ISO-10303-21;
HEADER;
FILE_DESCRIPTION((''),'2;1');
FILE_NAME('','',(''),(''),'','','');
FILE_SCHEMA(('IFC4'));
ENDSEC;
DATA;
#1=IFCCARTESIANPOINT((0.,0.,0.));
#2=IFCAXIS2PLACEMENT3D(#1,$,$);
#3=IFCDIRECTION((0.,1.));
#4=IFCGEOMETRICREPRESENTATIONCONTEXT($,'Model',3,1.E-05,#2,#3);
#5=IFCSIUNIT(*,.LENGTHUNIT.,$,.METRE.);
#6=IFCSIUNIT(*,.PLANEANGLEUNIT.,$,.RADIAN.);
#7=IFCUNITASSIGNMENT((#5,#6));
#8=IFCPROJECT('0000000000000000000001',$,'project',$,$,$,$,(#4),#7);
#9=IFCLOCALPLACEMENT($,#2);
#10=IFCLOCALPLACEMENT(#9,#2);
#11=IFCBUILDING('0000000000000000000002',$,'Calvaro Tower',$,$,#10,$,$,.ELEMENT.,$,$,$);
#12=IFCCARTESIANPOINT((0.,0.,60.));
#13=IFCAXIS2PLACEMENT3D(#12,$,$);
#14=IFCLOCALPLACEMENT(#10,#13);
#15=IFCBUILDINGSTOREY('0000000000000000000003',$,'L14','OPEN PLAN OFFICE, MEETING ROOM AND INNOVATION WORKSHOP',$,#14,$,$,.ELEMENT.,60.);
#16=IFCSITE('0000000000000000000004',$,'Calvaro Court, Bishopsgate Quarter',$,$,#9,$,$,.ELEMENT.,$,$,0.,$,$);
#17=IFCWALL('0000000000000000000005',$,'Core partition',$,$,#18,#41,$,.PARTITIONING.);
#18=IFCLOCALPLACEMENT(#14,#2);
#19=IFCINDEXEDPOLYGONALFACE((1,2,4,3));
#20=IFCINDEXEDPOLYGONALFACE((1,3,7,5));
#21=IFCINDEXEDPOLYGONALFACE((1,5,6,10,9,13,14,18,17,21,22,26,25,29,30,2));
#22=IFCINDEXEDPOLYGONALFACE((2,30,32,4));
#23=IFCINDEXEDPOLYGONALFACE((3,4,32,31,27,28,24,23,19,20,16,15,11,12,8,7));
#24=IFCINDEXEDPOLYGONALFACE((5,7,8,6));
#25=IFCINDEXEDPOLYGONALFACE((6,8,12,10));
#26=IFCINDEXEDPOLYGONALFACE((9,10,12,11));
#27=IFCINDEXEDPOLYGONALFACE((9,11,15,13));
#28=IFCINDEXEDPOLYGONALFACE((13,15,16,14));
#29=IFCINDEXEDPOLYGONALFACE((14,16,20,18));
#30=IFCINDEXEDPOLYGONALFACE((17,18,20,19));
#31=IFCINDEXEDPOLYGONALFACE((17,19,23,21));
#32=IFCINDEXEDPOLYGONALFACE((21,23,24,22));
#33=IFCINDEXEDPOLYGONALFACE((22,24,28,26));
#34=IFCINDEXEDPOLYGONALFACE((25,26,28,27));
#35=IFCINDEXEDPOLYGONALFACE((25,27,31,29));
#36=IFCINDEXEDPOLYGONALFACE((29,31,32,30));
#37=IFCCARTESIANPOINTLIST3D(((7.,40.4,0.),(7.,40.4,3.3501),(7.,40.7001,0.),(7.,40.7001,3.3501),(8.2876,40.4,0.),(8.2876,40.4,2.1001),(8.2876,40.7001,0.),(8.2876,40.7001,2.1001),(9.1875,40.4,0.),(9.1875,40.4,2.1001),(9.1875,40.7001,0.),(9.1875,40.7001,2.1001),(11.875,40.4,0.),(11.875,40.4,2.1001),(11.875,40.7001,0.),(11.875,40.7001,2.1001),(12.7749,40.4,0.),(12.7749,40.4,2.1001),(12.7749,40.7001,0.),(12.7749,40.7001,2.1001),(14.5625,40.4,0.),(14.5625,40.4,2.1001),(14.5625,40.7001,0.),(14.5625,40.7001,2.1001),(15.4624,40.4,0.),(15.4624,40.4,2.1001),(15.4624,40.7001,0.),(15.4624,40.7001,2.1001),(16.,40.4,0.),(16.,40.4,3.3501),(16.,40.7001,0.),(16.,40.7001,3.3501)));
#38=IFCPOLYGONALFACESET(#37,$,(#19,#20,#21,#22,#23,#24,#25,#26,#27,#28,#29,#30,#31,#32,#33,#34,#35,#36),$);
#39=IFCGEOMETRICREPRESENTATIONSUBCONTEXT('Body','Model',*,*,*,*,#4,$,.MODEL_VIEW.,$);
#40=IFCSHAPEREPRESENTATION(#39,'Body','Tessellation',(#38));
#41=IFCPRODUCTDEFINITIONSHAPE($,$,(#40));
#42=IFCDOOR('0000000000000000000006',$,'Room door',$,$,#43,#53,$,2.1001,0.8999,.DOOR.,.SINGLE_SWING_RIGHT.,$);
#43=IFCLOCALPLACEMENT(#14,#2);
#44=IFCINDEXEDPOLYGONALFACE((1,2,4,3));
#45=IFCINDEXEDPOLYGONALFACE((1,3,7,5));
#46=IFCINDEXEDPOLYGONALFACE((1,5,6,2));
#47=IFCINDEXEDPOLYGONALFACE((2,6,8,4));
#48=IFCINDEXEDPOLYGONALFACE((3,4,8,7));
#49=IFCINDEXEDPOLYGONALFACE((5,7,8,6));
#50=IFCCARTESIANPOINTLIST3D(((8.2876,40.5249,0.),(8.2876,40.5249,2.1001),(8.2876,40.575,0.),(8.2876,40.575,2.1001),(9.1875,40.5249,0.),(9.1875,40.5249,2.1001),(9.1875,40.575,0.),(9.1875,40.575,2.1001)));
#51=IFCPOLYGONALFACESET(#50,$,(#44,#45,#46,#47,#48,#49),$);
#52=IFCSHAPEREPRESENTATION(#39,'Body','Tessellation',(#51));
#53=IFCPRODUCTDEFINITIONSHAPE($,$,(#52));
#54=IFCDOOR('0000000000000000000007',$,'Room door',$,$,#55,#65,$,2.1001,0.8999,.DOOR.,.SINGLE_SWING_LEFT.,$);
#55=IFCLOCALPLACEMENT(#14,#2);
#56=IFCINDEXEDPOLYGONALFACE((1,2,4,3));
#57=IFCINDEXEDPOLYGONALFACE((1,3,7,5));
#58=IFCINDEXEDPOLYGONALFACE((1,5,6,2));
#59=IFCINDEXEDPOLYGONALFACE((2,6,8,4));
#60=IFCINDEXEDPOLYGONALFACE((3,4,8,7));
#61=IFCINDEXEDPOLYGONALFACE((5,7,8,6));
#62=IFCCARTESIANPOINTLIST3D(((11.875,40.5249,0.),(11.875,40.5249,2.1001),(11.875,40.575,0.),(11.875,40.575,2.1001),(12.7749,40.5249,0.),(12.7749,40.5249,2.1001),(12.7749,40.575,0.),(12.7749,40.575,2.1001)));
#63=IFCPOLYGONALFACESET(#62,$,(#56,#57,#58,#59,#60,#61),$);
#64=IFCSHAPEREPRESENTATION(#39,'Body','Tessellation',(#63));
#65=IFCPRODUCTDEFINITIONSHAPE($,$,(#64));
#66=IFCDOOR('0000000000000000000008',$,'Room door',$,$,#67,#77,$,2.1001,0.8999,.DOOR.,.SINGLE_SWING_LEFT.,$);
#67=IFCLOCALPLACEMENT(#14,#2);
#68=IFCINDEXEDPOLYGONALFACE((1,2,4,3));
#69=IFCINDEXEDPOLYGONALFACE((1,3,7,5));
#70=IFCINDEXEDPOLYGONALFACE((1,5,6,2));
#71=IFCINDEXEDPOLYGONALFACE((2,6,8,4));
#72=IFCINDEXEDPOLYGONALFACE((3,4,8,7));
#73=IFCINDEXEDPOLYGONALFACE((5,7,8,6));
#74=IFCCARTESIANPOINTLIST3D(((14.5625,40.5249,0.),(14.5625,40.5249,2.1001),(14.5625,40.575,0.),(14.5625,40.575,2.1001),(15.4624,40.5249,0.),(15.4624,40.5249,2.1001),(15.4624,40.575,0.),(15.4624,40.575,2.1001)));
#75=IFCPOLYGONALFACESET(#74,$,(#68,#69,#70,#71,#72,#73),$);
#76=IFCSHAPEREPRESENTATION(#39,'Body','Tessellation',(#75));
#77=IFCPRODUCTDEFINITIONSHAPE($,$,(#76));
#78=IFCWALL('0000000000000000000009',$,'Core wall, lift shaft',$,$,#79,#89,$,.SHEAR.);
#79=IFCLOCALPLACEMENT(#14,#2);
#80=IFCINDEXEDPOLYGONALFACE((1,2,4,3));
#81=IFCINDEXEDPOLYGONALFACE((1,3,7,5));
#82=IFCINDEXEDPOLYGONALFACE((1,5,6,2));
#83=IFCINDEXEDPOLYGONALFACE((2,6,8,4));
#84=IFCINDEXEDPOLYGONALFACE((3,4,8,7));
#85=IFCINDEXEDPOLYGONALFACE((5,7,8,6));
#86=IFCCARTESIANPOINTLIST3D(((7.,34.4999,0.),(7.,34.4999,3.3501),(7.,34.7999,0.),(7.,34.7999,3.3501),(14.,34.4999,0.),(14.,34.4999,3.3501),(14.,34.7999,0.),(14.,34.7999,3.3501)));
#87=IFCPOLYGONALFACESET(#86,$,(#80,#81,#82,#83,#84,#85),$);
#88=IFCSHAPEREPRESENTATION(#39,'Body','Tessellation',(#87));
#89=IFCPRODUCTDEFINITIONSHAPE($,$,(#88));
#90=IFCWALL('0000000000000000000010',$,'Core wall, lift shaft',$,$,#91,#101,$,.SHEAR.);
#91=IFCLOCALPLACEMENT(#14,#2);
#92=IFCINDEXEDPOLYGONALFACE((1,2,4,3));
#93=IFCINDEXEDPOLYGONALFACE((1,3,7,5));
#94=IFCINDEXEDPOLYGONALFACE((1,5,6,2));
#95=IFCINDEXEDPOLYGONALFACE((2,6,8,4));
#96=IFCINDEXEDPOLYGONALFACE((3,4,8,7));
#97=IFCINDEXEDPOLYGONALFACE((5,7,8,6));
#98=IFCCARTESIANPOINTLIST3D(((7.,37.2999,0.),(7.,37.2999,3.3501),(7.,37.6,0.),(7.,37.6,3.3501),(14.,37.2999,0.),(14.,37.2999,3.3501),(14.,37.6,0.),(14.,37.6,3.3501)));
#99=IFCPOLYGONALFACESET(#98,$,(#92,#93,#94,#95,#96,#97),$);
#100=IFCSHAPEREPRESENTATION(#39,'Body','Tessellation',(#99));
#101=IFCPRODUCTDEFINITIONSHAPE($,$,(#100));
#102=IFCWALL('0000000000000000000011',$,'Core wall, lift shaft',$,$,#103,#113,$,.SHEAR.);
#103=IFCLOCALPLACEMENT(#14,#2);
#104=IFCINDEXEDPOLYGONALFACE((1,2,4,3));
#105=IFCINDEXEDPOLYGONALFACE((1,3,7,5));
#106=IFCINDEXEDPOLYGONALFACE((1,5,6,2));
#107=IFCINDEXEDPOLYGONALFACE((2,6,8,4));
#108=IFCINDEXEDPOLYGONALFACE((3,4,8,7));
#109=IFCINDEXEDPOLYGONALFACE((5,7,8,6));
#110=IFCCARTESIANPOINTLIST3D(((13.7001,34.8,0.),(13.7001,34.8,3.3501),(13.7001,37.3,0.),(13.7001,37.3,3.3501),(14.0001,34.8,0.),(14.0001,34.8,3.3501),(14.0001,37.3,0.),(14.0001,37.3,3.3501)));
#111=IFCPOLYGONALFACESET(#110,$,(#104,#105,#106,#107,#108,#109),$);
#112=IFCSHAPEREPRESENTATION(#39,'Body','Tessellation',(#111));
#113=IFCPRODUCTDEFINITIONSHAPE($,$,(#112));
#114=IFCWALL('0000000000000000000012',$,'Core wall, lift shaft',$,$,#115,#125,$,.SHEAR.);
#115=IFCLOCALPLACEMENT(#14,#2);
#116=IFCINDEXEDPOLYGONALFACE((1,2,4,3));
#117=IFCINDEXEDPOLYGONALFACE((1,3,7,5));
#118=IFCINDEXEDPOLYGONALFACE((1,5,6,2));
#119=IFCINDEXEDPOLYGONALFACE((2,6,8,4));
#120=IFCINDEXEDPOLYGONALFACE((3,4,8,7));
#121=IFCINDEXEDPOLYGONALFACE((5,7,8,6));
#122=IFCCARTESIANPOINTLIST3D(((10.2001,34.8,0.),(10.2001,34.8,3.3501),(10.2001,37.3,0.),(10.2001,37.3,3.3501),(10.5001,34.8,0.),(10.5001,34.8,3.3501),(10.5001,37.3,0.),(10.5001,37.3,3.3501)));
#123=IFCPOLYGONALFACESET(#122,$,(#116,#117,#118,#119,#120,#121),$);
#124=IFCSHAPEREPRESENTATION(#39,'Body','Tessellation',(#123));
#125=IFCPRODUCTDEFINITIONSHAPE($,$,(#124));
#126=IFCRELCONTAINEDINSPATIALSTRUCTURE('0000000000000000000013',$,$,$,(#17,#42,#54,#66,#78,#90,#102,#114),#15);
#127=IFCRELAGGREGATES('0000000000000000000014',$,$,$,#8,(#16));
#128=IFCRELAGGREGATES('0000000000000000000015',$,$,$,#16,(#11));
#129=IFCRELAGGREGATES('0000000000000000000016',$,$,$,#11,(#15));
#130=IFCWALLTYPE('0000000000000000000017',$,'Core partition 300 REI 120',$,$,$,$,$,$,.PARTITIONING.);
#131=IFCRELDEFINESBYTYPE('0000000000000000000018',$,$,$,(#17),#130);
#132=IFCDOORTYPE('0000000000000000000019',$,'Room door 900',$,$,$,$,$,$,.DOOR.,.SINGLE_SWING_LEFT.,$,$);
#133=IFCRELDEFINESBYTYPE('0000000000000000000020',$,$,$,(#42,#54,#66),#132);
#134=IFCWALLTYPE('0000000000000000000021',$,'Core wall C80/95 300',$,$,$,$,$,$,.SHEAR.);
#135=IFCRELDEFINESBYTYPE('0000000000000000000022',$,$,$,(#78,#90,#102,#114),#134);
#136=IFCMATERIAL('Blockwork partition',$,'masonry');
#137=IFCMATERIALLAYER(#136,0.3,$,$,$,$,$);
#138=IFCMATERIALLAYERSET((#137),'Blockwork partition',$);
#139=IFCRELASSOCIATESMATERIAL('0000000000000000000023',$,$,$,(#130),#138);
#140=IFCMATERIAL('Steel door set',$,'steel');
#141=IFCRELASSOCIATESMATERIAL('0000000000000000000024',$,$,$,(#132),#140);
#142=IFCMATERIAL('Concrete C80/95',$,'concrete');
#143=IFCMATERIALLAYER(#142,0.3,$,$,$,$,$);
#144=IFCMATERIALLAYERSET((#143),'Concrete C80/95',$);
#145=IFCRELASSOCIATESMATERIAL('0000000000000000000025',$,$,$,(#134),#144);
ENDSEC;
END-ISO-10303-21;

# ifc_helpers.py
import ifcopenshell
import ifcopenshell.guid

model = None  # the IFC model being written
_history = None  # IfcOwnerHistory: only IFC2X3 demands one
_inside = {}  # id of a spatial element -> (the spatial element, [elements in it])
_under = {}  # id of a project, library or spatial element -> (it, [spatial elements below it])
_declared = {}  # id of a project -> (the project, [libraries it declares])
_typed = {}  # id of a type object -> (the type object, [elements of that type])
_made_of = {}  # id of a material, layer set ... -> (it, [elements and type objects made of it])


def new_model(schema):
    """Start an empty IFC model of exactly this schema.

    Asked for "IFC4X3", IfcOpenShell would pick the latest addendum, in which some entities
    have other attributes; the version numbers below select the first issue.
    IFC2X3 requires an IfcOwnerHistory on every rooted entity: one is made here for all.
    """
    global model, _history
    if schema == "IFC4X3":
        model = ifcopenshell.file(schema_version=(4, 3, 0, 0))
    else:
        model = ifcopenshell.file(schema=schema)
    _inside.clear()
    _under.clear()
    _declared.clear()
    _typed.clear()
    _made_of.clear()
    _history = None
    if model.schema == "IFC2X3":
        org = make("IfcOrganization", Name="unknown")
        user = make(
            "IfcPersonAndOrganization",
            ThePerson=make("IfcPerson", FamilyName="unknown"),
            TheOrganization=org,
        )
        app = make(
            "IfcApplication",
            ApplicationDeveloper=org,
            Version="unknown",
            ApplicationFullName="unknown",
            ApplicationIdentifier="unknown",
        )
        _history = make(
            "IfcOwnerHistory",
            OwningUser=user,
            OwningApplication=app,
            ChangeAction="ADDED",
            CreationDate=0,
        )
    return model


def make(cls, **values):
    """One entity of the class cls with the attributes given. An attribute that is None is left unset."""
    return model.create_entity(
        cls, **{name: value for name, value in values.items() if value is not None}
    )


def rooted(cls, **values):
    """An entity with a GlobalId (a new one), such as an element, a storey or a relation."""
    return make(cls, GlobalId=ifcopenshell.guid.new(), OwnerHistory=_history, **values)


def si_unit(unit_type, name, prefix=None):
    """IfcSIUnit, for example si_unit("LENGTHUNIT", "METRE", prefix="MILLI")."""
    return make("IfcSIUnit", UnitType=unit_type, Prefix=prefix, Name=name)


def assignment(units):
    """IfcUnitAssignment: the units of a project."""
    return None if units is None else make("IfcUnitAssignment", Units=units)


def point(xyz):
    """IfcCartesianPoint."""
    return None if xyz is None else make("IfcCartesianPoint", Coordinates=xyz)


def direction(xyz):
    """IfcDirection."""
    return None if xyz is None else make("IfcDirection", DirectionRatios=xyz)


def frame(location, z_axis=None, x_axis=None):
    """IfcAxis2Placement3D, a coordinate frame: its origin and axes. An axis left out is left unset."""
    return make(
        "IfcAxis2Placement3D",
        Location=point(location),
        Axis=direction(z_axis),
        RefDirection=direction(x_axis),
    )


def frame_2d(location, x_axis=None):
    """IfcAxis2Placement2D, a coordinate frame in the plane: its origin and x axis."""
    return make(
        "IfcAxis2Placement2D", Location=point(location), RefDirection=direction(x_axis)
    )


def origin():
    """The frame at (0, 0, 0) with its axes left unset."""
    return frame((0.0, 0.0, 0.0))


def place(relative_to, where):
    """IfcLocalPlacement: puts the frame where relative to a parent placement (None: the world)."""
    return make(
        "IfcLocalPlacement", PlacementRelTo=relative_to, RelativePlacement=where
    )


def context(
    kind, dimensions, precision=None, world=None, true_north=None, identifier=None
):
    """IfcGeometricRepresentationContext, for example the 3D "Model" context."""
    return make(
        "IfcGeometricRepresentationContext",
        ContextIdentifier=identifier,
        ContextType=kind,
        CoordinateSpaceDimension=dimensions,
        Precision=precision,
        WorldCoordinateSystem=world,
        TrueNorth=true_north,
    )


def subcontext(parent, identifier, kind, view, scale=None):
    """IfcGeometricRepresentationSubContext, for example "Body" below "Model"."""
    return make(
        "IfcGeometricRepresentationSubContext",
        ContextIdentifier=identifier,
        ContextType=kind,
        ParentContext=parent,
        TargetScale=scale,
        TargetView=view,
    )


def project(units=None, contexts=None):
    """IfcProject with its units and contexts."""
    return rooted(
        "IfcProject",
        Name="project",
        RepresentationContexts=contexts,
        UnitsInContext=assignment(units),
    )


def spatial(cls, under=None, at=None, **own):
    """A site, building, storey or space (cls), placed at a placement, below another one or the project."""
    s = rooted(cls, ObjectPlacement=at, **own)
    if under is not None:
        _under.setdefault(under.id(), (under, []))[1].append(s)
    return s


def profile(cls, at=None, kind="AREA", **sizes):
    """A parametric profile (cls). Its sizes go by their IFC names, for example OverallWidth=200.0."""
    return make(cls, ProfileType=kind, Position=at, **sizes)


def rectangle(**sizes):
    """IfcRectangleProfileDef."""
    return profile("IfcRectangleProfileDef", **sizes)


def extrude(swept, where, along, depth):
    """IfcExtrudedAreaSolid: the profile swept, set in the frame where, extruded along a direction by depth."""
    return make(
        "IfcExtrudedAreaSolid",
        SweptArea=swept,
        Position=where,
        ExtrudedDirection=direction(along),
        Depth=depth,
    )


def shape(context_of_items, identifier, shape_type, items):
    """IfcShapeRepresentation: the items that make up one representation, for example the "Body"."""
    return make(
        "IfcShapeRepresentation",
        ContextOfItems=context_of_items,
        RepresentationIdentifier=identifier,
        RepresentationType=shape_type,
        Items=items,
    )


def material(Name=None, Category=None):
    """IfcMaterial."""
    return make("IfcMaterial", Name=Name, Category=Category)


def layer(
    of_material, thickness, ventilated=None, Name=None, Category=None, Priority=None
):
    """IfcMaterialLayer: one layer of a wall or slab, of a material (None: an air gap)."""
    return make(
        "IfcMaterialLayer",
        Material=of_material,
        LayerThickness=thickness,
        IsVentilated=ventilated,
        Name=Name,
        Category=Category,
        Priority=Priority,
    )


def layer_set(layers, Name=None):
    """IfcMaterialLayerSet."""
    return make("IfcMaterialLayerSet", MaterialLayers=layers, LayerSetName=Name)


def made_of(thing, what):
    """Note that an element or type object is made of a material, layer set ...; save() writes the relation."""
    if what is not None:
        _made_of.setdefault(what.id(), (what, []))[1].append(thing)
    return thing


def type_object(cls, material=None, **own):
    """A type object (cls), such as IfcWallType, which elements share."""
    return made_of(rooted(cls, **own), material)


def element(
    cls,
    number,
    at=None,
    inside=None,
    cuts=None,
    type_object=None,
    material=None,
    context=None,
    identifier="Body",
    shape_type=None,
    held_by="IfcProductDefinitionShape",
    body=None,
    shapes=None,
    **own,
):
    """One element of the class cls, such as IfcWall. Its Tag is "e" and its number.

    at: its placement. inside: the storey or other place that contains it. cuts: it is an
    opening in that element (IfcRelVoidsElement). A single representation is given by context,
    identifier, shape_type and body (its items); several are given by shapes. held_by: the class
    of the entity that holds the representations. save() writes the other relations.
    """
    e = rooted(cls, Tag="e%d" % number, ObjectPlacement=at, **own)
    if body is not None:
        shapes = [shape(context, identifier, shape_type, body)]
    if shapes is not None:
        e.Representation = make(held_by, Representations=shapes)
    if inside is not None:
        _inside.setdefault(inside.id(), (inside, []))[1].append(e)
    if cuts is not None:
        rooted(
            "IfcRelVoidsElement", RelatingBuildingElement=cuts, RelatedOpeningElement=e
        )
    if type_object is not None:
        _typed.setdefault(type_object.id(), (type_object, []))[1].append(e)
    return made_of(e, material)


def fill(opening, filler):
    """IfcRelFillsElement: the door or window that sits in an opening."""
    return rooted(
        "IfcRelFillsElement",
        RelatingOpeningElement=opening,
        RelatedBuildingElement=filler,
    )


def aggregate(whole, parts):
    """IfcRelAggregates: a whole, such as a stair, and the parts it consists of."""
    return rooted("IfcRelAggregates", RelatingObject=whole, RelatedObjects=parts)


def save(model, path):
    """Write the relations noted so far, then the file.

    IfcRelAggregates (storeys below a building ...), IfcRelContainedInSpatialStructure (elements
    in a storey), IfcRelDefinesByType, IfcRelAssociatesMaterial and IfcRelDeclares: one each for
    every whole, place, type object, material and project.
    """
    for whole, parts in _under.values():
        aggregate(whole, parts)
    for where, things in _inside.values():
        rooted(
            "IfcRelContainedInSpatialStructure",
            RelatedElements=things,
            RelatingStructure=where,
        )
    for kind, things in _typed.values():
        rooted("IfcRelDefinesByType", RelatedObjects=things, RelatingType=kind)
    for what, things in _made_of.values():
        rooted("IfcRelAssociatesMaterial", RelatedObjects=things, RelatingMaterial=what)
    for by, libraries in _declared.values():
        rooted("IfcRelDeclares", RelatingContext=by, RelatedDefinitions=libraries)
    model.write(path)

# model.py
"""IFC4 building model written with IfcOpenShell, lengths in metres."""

from ifc_helpers import new_model, si_unit, direction, frame, frame_2d, origin, place, context, subcontext, project, spatial, rectangle, extrude, material, layer, layer_set, type_object, element, fill, save


model = new_model("IFC4")

# Units and contexts
model_context = context("Model", 3, precision=1e-05, world=origin(), true_north=direction((0.0, 1.0)))
body_context = subcontext(model_context, "Body", "Model", "MODEL_VIEW")
ifc_project = project(units=[si_unit("LENGTHUNIT", "METRE"), si_unit("PLANEANGLEUNIT", "RADIAN")], contexts=[model_context])

# Site, building, storey
site_placement = place(None, origin())
site = spatial("IfcSite", under=ifc_project, at=site_placement, Name="Calvaro Court, Bishopsgate Quarter", CompositionType="ELEMENT", RefElevation=0.0)
building_placement = place(site_placement, origin())
building = spatial("IfcBuilding", under=site, at=building_placement, Name="Calvaro Tower", CompositionType="ELEMENT")
storey_placement = place(building_placement, frame((0.0, 0.0, 60.0)))
storey = spatial("IfcBuildingStorey", under=building, at=storey_placement, Name="L14", Description="OPEN PLAN OFFICE, MEETING ROOM AND INNOVATION WORKSHOP", CompositionType="ELEMENT", Elevation=60.0)

# Wall, openings, doors
ifc_material_1 = material(Name="Blockwork partition", Category="masonry")
ifc_layer_1 = layer(ifc_material_1, 0.3)
ifc_layer_set_1 = layer_set([ifc_layer_1], Name="Blockwork partition")
wall_type_1 = type_object("IfcWallType", Name="Core partition 300 REI 120", PredefinedType="PARTITIONING", material=ifc_layer_set_1)
wall_1_placement = place(storey_placement, frame((7.0, 40.55, 0.0), z_axis=(0.0, 0.0, 1.0), x_axis=(1.0, 0.0, 0.0)))
wall_1 = element("IfcWall", 1, at=wall_1_placement, inside=storey, type_object=wall_type_1, Name="Core partition", PredefinedType="PARTITIONING", context=body_context, shape_type="SweptSolid", body=[
    extrude(rectangle(XDim=9.0, YDim=0.3, at=frame_2d((4.5, 0.0))), origin(), (0.0, 0.0, 1.0), 3.3501),
])
opening_1_placement = place(wall_1_placement, frame((1.2876, 0.0, 0.0)))
opening_1 = element("IfcOpeningElement", 2, at=opening_1_placement, cuts=wall_1, PredefinedType="OPENING", context=body_context, shape_type="SweptSolid", body=[
    extrude(rectangle(XDim=0.8999, YDim=2.1001, at=frame_2d((0.45, 1.05))), frame((0.0, 0.1599, 0.0), z_axis=(0.0, -1.0, 0.0), x_axis=(1.0, 0.0, 0.0)), (0.0, 0.0, 1.0), 0.3201),
])
opening_2_placement = place(wall_1_placement, frame((4.875, 0.0, 0.0)))
opening_2 = element("IfcOpeningElement", 3, at=opening_2_placement, cuts=wall_1, PredefinedType="OPENING", context=body_context, shape_type="SweptSolid", body=[
    extrude(rectangle(XDim=0.8999, YDim=2.1001, at=frame_2d((0.45, 1.05))), frame((0.0, 0.1599, 0.0), z_axis=(0.0, -1.0, 0.0), x_axis=(1.0, 0.0, 0.0)), (0.0, 0.0, 1.0), 0.3201),
])
opening_3_placement = place(wall_1_placement, frame((7.5625, 0.0, 0.0)))
opening_3 = element("IfcOpeningElement", 4, at=opening_3_placement, cuts=wall_1, PredefinedType="OPENING", context=body_context, shape_type="SweptSolid", body=[
    extrude(rectangle(XDim=0.8999, YDim=2.1001, at=frame_2d((0.45, 1.05))), frame((0.0, 0.1599, 0.0), z_axis=(0.0, -1.0, 0.0), x_axis=(1.0, 0.0, 0.0)), (0.0, 0.0, 1.0), 0.3201),
])
ifc_material_2 = material(Name="Steel door set", Category="steel")
door_type = type_object("IfcDoorType", Name="Room door 900", OperationType="SINGLE_SWING_LEFT", PredefinedType="DOOR", material=ifc_material_2)
door_1_placement = place(opening_1_placement, origin())
door_1 = element("IfcDoor", 5, at=door_1_placement, inside=storey, type_object=door_type, Name="Room door", OperationType="SINGLE_SWING_RIGHT", OverallHeight=2.1001, OverallWidth=0.8999, PredefinedType="DOOR", context=body_context, shape_type="SweptSolid", body=[
    extrude(rectangle(XDim=0.8999, YDim=2.1001, at=frame_2d((0.45, 1.05))), frame((0.0, 0.0249, 0.0), z_axis=(0.0, -1.0, 0.0), x_axis=(1.0, 0.0, 0.0)), (0.0, 0.0, 1.0), 0.05),
])
fill(opening_1, door_1)
door_2_placement = place(opening_2_placement, origin())
door_2 = element("IfcDoor", 6, at=door_2_placement, inside=storey, type_object=door_type, Name="Room door", OperationType="SINGLE_SWING_LEFT", OverallHeight=2.1001, OverallWidth=0.8999, PredefinedType="DOOR", context=body_context, shape_type="SweptSolid", body=[
    extrude(rectangle(XDim=0.8999, YDim=2.1001, at=frame_2d((0.45, 1.05))), frame((0.0, 0.0249, 0.0), z_axis=(0.0, -1.0, 0.0), x_axis=(1.0, 0.0, 0.0)), (0.0, 0.0, 1.0), 0.05),
])
fill(opening_2, door_2)
door_3_placement = place(opening_3_placement, origin())
door_3 = element("IfcDoor", 7, at=door_3_placement, inside=storey, type_object=door_type, Name="Room door", OperationType="SINGLE_SWING_LEFT", OverallHeight=2.1001, OverallWidth=0.8999, PredefinedType="DOOR", context=body_context, shape_type="SweptSolid", body=[
    extrude(rectangle(XDim=0.8999, YDim=2.1001, at=frame_2d((0.45, 1.05))), frame((0.0, 0.0249, 0.0), z_axis=(0.0, -1.0, 0.0), x_axis=(1.0, 0.0, 0.0)), (0.0, 0.0, 1.0), 0.05),
])
fill(opening_3, door_3)

# Walls
ifc_material_3 = material(Name="Concrete C80/95", Category="concrete")
ifc_layer_2 = layer(ifc_material_3, 0.3)
ifc_layer_set_2 = layer_set([ifc_layer_2], Name="Concrete C80/95")
wall_type_2 = type_object("IfcWallType", Name="Core wall C80/95 300", PredefinedType="SHEAR", material=ifc_layer_set_2)
for number, where, z_axis, x_axis, name in (
    (8, (7.0, 34.6499, 0.0), (0.0, 0.0, 1.0), (1.0, 0.0, 0.0), "Core wall, lift shaft"),
    (9, (7.0, 37.45, 0.0), (0.0, 0.0, 1.0), (1.0, 0.0, 0.0), "Core wall, lift shaft"),
):
    element("IfcWall", number, at=place(storey_placement, frame(where, z_axis=z_axis, x_axis=x_axis)), inside=storey, type_object=wall_type_2, Name=name, PredefinedType="SHEAR", context=body_context, shape_type="SweptSolid", body=[
        extrude(rectangle(XDim=7.0, YDim=0.3, at=frame_2d((3.5, 0.0))), origin(), (0.0, 0.0, 1.0), 3.3501),
    ])
for number, where, z_axis, x_axis, name in (
    (10, (13.8501, 34.8, 0.0), (0.0, 0.0, 1.0), (0.0, 1.0, 0.0), "Core wall, lift shaft"),
    (11, (10.3501, 34.8, 0.0), (0.0, 0.0, 1.0), (0.0, 1.0, 0.0), "Core wall, lift shaft"),
):
    element("IfcWall", number, at=place(storey_placement, frame(where, z_axis=z_axis, x_axis=x_axis)), inside=storey, type_object=wall_type_2, Name=name, PredefinedType="SHEAR", context=body_context, shape_type="SweptSolid", body=[
        extrude(rectangle(XDim=2.5, YDim=0.3, at=frame_2d((1.25, 0.0))), origin(), (0.0, 0.0, 1.0), 3.3501),
    ])

save(model, "model.ifc")
